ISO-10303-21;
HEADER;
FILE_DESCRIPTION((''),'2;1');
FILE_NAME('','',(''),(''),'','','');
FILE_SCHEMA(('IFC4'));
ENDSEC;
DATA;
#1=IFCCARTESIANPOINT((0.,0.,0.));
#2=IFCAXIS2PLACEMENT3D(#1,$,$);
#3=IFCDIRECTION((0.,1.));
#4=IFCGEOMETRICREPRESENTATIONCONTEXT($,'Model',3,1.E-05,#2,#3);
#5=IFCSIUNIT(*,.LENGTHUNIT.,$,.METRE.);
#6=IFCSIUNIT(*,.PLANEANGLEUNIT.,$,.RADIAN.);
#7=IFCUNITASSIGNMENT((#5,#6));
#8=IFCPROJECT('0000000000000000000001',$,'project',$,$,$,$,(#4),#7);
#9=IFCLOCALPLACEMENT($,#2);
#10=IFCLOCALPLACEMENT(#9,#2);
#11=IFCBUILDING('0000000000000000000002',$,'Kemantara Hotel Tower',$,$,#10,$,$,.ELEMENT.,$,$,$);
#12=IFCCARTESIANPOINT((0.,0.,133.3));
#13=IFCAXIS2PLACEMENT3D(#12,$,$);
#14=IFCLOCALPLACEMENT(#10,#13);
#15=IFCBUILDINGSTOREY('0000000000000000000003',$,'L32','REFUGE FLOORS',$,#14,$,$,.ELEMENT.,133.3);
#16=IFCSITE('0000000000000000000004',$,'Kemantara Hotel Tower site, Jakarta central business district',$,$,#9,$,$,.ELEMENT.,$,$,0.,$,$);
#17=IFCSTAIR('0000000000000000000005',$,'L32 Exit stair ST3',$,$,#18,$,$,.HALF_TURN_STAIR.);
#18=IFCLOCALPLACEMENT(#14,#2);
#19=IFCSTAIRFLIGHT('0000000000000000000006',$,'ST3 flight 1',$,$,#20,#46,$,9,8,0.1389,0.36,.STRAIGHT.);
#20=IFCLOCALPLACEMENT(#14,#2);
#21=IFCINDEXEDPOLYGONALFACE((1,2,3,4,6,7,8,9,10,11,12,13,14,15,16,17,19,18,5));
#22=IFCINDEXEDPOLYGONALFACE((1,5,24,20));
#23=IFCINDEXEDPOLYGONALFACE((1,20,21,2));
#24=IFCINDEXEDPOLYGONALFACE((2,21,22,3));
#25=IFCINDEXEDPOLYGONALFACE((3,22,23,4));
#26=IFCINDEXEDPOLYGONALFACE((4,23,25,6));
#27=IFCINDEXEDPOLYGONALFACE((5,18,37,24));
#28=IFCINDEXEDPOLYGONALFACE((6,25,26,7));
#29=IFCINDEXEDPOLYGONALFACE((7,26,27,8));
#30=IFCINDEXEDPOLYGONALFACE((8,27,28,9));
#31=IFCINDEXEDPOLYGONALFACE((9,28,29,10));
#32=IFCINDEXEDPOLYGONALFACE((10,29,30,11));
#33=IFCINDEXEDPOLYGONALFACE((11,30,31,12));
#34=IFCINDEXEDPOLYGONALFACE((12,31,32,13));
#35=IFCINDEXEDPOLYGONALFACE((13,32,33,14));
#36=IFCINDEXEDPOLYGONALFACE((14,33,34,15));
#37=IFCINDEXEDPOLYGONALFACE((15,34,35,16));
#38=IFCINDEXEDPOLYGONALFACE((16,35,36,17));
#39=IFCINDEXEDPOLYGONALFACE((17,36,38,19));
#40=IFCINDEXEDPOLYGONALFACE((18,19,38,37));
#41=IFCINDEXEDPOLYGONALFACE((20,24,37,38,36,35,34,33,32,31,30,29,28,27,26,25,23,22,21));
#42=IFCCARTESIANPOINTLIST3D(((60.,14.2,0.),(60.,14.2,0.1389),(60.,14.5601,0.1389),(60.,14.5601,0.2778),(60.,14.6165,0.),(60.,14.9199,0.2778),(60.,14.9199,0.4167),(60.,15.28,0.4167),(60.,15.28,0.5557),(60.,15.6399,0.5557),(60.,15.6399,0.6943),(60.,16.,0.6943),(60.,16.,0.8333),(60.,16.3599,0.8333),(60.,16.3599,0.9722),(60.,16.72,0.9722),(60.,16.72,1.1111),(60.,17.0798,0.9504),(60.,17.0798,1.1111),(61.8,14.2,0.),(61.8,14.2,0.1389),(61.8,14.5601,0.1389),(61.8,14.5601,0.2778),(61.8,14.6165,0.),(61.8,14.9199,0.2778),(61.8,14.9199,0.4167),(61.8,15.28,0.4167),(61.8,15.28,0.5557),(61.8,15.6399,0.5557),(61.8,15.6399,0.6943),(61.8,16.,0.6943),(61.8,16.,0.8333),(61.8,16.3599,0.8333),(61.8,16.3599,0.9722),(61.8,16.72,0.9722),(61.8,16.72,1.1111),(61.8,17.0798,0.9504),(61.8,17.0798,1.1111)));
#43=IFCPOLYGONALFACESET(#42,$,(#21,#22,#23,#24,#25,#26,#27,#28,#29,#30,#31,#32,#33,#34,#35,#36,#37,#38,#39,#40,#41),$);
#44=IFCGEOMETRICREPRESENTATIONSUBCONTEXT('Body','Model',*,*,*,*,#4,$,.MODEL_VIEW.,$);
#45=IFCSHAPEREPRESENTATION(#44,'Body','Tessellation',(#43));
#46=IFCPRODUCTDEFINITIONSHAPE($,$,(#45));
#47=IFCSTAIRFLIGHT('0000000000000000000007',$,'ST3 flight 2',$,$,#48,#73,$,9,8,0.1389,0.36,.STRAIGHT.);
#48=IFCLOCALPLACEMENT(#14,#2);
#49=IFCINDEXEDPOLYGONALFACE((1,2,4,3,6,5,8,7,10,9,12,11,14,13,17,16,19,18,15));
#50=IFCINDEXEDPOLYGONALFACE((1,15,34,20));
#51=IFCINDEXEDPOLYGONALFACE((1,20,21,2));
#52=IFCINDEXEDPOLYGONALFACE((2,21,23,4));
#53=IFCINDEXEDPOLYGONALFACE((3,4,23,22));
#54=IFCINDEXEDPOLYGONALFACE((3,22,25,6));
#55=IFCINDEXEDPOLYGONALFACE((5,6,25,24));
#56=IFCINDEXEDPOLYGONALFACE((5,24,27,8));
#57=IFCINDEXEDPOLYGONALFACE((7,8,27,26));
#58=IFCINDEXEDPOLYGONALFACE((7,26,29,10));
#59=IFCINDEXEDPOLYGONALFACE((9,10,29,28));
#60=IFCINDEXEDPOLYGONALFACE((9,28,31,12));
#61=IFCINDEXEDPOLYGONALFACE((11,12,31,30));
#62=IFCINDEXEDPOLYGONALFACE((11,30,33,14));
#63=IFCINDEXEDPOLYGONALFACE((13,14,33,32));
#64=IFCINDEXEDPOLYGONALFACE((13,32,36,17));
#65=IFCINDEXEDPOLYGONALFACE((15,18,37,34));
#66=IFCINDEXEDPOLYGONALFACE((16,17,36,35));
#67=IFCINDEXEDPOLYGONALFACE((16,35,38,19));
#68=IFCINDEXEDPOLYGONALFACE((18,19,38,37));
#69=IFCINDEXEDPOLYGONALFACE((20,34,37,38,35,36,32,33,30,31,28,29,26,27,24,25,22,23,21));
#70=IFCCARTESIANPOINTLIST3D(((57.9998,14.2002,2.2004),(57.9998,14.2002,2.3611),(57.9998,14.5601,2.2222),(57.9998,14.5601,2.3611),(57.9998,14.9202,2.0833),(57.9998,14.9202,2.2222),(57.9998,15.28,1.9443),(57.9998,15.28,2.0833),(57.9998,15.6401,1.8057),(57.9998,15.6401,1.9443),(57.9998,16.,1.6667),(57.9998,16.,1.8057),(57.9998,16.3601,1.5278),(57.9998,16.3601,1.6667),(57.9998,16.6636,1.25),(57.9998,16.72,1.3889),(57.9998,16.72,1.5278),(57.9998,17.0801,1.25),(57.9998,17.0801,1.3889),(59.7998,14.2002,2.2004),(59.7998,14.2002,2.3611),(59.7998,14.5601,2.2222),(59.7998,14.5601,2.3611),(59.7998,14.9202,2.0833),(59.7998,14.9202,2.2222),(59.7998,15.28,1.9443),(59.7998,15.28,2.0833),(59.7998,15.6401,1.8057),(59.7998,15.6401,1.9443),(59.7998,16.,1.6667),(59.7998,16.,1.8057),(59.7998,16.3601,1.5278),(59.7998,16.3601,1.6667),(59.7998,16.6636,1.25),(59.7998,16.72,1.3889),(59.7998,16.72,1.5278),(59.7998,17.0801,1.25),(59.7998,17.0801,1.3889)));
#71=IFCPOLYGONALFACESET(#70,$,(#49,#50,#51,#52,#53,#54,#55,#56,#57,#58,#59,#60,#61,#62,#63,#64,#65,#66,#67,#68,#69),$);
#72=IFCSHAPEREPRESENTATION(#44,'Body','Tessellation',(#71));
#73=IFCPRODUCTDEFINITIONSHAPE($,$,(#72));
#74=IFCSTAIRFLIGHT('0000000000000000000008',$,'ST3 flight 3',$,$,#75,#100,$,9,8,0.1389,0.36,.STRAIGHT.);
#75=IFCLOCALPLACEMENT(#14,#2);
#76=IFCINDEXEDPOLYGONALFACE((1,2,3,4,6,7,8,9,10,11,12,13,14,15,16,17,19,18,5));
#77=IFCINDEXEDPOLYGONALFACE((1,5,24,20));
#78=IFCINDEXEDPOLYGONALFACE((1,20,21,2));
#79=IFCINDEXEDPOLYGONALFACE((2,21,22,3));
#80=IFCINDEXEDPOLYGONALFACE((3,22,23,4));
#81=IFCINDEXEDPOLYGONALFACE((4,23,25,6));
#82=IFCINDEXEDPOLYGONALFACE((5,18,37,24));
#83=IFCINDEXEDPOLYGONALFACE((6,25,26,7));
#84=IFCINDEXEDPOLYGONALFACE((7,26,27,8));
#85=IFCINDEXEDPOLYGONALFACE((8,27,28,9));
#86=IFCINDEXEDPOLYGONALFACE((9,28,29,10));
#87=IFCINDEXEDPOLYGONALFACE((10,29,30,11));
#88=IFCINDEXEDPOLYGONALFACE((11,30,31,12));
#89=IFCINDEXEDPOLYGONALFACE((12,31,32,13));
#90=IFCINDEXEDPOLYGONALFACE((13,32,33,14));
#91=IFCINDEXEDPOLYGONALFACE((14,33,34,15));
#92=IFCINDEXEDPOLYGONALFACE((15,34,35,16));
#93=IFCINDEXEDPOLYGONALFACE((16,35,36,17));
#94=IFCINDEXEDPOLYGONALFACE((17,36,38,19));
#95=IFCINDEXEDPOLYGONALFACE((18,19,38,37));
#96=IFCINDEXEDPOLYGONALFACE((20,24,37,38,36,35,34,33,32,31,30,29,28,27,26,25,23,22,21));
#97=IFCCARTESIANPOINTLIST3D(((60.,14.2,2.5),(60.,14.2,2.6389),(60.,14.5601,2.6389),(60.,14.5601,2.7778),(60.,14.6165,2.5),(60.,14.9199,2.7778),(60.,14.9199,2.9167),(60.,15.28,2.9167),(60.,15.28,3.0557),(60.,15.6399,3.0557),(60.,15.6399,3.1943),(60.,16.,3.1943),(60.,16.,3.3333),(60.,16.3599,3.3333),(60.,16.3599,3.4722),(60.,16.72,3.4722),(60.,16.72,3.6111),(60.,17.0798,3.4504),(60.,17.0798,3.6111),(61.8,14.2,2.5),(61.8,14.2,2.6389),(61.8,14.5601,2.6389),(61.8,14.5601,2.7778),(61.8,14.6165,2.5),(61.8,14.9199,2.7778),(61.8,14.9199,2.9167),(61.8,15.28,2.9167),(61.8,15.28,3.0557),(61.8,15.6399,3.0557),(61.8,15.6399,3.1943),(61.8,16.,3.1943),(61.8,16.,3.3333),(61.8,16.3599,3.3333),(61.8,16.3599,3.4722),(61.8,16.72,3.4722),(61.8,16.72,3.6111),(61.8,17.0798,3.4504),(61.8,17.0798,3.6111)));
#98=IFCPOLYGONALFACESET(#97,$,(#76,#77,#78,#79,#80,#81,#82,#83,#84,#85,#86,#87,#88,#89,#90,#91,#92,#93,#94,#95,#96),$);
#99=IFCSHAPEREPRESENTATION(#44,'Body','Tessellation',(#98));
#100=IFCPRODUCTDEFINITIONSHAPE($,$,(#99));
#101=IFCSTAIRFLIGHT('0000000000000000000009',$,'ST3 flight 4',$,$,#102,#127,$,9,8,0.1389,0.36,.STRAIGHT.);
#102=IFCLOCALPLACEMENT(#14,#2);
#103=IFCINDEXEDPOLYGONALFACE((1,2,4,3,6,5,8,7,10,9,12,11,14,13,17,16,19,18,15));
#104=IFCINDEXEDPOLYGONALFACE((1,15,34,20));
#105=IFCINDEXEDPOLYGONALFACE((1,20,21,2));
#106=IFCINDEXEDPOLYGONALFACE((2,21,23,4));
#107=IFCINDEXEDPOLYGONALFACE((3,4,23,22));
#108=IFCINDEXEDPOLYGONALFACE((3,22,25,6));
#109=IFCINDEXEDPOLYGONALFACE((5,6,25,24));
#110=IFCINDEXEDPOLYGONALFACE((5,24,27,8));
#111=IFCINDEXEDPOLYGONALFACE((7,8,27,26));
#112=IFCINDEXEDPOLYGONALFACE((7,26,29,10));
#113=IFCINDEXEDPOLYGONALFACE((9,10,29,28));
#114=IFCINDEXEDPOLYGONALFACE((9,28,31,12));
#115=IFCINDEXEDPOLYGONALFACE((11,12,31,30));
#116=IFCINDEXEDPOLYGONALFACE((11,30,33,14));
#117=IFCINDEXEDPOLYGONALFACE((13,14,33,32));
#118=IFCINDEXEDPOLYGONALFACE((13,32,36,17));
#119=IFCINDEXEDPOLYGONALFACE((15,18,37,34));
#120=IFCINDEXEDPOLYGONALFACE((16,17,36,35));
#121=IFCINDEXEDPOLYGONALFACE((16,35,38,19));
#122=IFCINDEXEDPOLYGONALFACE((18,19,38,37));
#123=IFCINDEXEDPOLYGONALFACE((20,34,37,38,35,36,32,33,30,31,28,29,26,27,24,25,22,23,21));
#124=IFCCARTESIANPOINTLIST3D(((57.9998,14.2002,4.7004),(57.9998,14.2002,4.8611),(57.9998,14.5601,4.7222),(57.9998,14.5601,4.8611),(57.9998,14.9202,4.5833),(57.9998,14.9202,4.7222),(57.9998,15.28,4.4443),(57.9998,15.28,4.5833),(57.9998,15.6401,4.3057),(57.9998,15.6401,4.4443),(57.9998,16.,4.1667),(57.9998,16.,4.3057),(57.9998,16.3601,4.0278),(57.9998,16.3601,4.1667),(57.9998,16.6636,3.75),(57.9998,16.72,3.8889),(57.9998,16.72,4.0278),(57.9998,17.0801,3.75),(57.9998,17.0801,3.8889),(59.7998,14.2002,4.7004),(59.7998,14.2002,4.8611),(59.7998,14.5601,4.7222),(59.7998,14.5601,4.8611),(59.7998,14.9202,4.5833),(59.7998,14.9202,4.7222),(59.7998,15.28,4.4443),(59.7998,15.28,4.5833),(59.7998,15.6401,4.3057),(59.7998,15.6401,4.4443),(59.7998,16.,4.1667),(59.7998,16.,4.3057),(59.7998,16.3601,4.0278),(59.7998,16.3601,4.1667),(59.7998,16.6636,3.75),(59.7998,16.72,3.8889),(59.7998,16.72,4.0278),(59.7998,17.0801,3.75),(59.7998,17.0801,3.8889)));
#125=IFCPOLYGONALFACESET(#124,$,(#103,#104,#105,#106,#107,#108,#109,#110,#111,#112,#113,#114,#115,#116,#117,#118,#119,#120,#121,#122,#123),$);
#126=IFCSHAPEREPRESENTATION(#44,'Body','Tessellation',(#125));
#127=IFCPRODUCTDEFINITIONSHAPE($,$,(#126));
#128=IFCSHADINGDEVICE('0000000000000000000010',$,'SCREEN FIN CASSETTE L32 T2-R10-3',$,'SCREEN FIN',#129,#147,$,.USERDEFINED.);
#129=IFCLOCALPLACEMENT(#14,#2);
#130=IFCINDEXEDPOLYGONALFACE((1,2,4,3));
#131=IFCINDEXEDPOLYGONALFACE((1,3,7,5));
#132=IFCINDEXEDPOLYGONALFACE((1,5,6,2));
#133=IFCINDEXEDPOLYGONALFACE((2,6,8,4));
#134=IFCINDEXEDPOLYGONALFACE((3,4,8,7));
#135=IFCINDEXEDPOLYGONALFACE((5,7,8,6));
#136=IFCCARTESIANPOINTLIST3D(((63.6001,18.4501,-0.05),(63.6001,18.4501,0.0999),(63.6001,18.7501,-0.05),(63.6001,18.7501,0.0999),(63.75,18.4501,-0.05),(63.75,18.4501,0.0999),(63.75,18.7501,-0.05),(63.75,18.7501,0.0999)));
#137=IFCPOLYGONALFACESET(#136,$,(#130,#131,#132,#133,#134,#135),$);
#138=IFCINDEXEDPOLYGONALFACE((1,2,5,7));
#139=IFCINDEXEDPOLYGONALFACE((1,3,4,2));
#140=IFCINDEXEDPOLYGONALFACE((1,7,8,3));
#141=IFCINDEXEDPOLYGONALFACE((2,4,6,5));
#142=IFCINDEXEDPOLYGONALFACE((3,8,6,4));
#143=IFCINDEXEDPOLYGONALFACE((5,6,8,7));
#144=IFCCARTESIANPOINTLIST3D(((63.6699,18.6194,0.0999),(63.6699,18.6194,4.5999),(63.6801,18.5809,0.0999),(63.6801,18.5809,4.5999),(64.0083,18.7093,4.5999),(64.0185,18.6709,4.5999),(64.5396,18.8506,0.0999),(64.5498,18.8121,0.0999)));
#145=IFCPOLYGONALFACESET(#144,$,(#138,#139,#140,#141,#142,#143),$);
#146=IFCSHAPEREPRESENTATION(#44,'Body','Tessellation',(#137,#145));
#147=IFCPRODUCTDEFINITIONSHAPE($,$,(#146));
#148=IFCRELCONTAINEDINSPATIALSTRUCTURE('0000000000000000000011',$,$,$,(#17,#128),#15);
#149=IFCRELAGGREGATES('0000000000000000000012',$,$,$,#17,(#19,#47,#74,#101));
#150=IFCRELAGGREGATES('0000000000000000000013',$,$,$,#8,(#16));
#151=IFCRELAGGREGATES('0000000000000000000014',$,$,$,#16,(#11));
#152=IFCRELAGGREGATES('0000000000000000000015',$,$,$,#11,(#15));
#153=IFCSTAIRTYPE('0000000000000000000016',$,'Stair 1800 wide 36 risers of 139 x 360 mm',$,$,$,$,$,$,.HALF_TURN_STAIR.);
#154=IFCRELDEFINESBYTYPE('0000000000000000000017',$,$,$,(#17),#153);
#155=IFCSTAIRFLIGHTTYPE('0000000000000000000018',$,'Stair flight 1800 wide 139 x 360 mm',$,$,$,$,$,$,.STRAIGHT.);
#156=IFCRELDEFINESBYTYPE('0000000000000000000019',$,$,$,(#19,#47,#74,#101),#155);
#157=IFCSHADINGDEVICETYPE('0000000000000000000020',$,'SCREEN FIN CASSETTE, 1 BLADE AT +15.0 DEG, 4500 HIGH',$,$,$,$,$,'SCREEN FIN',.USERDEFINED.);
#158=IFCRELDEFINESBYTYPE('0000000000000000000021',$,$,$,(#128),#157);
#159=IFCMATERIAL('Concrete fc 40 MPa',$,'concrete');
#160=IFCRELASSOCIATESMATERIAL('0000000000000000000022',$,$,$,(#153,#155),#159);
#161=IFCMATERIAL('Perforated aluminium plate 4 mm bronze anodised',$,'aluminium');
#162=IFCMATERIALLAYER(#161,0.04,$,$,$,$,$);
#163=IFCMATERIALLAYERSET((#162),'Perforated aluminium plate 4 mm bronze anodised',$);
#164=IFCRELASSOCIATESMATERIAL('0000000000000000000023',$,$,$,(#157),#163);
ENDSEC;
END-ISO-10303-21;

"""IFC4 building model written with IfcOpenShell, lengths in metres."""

from ifc_helpers import new_model, si_unit, direction, frame, origin, origin_2d, place, context, subcontext, project, spatial, polyline, rectangle, outline, extrude, source, transform, mapped, material, layer, layer_set, type_object, element, aggregate, save


model = new_model("IFC4")

# Units and contexts
model_context = context("Model", 3, precision=1e-05, world=origin(), true_north=direction((0.0, 1.0)))
body_context = subcontext(model_context, "Body", "Model", "MODEL_VIEW")
ifc_project = project(units=[si_unit("LENGTHUNIT", "METRE"), si_unit("PLANEANGLEUNIT", "RADIAN")], contexts=[model_context])

# Site, building, storey
site_placement = place(None, origin())
site = spatial("IfcSite", under=ifc_project, at=site_placement, Name="Kemantara Hotel Tower site, Jakarta central business district", CompositionType="ELEMENT", RefElevation=0.0)
building_placement = place(site_placement, origin())
building = spatial("IfcBuilding", under=site, at=building_placement, Name="Kemantara Hotel Tower", CompositionType="ELEMENT")
storey_placement = place(building_placement, frame((0.0, 0.0, 133.3)))
storey = spatial("IfcBuildingStorey", under=building, at=storey_placement, Name="L32", Description="REFUGE FLOORS", CompositionType="ELEMENT", Elevation=133.3)

# Shared definitions
ifc_material_1 = material(Name="Concrete fc 40 MPa", Category="concrete")

# Stair, stair flights
stair_type = type_object("IfcStairType", Name="Stair 1800 wide 36 risers of 139 x 360 mm", PredefinedType="HALF_TURN_STAIR", material=ifc_material_1)
stair_placement = place(storey_placement, origin())
stair = element("IfcStair", 1, at=stair_placement, inside=storey, type_object=stair_type, Name="L32 Exit stair ST3", PredefinedType="HALF_TURN_STAIR")
stair_flight_type = type_object("IfcStairFlightType", Name="Stair flight 1800 wide 139 x 360 mm", PredefinedType="STRAIGHT", material=ifc_material_1)
stair_flight_1_placement = place(storey_placement, frame((60.8999, 14.2, 0.0), z_axis=(0.0, 0.0, 1.0), x_axis=(0.0, 1.0, 0.0)))
stair_flight_1 = element("IfcStairFlight", 2, at=stair_flight_1_placement, type_object=stair_flight_type, Name="ST3 flight 1", NumberOfRisers=9, NumberOfTreads=8, PredefinedType="STRAIGHT", RiserHeight=0.1389, TreadLength=0.36, context=body_context, shape_type="SweptSolid", body=[
    extrude(outline(polyline([(0.0, 0.0), (0.0, 0.1389), (0.3601, 0.1389), (0.3601, 0.2778), (0.72, 0.2778), (0.72, 0.4167), (1.0801, 0.4167), (1.0801, 0.5557), (1.4399, 0.5557), (1.4399, 0.6943), (1.8, 0.6943), (1.8, 0.8333), (2.1599, 0.8333), (2.1599, 0.9722), (2.52, 0.9722), (2.52, 1.1111), (2.8799, 1.1111), (2.8799, 1.25), (2.8799, 0.9504), (0.4165, 0.0), (0.0, 0.0)])), frame((0.0, 0.8999, 0.0), z_axis=(0.0, -1.0, 0.0), x_axis=(1.0, 0.0, 0.0)), (0.0, 0.0, 1.0), 1.8),
])
stair_flight_2_placement = place(storey_placement, frame((58.8999, 17.0801, 1.25), z_axis=(0.0, 0.0, 1.0), x_axis=(0.0, -1.0, 0.0)))
stair_flight_2 = element("IfcStairFlight", 3, at=stair_flight_2_placement, type_object=stair_flight_type, Name="ST3 flight 2", NumberOfRisers=9, NumberOfTreads=8, PredefinedType="STRAIGHT", RiserHeight=0.1389, TreadLength=0.36, context=body_context, shape_type="SweptSolid", body=[
    extrude(outline(polyline([(0.0, 0.0), (0.0, 0.1389), (0.3601, 0.1389), (0.3601, 0.2778), (0.72, 0.2778), (0.72, 0.4167), (1.0801, 0.4167), (1.0801, 0.5557), (1.4399, 0.5557), (1.4399, 0.6943), (1.8, 0.6943), (1.8, 0.8333), (2.1599, 0.8333), (2.1599, 0.9722), (2.52, 0.9722), (2.52, 1.1111), (2.8799, 1.1111), (2.8799, 1.25), (2.8799, 0.9504), (0.4165, 0.0), (0.0, 0.0)])), frame((0.0, 0.8999, 0.0), z_axis=(0.0, -1.0, 0.0), x_axis=(1.0, 0.0, 0.0)), (0.0, 0.0, 1.0), 1.8),
])
stair_flight_3_placement = place(storey_placement, frame((60.8999, 14.2, 2.5), z_axis=(0.0, 0.0, 1.0), x_axis=(0.0, 1.0, 0.0)))
stair_flight_3 = element("IfcStairFlight", 4, at=stair_flight_3_placement, type_object=stair_flight_type, Name="ST3 flight 3", NumberOfRisers=9, NumberOfTreads=8, PredefinedType="STRAIGHT", RiserHeight=0.1389, TreadLength=0.36, context=body_context, shape_type="SweptSolid", body=[
    extrude(outline(polyline([(0.0, 0.0), (0.0, 0.1389), (0.3601, 0.1389), (0.3601, 0.2778), (0.72, 0.2778), (0.72, 0.4167), (1.0801, 0.4167), (1.0801, 0.5557), (1.4399, 0.5557), (1.4399, 0.6943), (1.8, 0.6943), (1.8, 0.8333), (2.1599, 0.8333), (2.1599, 0.9722), (2.52, 0.9722), (2.52, 1.1111), (2.8799, 1.1111), (2.8799, 1.25), (2.8799, 0.9504), (0.4165, 0.0), (0.0, 0.0)])), frame((0.0, 0.8999, 0.0), z_axis=(0.0, -1.0, 0.0), x_axis=(1.0, 0.0, 0.0)), (0.0, 0.0, 1.0), 1.8),
])
stair_flight_4_placement = place(storey_placement, frame((58.8999, 17.0801, 3.75), z_axis=(0.0, 0.0, 1.0), x_axis=(0.0, -1.0, 0.0)))
stair_flight_4 = element("IfcStairFlight", 5, at=stair_flight_4_placement, type_object=stair_flight_type, Name="ST3 flight 4", NumberOfRisers=9, NumberOfTreads=8, PredefinedType="STRAIGHT", RiserHeight=0.1389, TreadLength=0.36, context=body_context, shape_type="SweptSolid", body=[
    extrude(outline(polyline([(0.0, 0.0), (0.0, 0.1389), (0.3601, 0.1389), (0.3601, 0.2778), (0.72, 0.2778), (0.72, 0.4167), (1.0801, 0.4167), (1.0801, 0.5557), (1.4399, 0.5557), (1.4399, 0.6943), (1.8, 0.6943), (1.8, 0.8333), (2.1599, 0.8333), (2.1599, 0.9722), (2.52, 0.9722), (2.52, 1.1111), (2.8799, 1.1111), (2.8799, 1.25), (2.8799, 0.9504), (0.4165, 0.0), (0.0, 0.0)])), frame((0.0, 0.8999, 0.0), z_axis=(0.0, -1.0, 0.0), x_axis=(1.0, 0.0, 0.0)), (0.0, 0.0, 1.0), 1.8),
])
aggregate(stair, [stair_flight_1, stair_flight_2, stair_flight_3, stair_flight_4])

# Shading device
ifc_material_2 = material(Name="Perforated aluminium plate 4 mm bronze anodised", Category="aluminium")
ifc_layer_1 = layer(ifc_material_2, 0.04)
ifc_layer_set_1 = layer_set([ifc_layer_1], Name="Perforated aluminium plate 4 mm bronze anodised")
shading_device_type = type_object("IfcShadingDeviceType", Name="SCREEN FIN CASSETTE, 1 BLADE AT +15.0 DEG, 4500 HIGH", ElementType="SCREEN FIN", PredefinedType="USERDEFINED", material=ifc_layer_set_1)
shared_shape_1 = source(origin(), body_context, "Body", "SweptSolid", [
    extrude(rectangle(XDim=0.3, YDim=0.1499, at=origin_2d()), frame((0.0, -0.075, -0.1499), z_axis=(0.0, 0.0, 1.0), x_axis=(1.0, 0.0, 0.0)), (0.0, 0.0, 1.0), 0.1499),
    extrude(outline(polyline([(0.0, 0.0), (0.8999, 0.0), (0.3501, 4.5), (0.0, 4.5), (0.0, 0.0)])), frame((0.0193, -0.0698, 0.0), z_axis=(-0.966438, -0.256901, 0.0), x_axis=(0.256901, -0.966438, 0.0)), (0.0, 0.0, 1.0), 0.0398),
])
shading_device_placement = place(storey_placement, frame((63.6001, 18.6001, 0.0999), z_axis=(0.0, 0.0, 1.0), x_axis=(0.0, 1.0, 0.0)))
element("IfcShadingDevice", 6, at=shading_device_placement, inside=storey, type_object=shading_device_type, Name="SCREEN FIN CASSETTE L32 T2-R10-3", ObjectType="SCREEN FIN", PredefinedType="USERDEFINED", context=body_context, shape_type="MappedRepresentation", body=[
    mapped(shared_shape_1, transform((0.0, 0.0, 0.0))),
])

save(model, "model.ifc")
